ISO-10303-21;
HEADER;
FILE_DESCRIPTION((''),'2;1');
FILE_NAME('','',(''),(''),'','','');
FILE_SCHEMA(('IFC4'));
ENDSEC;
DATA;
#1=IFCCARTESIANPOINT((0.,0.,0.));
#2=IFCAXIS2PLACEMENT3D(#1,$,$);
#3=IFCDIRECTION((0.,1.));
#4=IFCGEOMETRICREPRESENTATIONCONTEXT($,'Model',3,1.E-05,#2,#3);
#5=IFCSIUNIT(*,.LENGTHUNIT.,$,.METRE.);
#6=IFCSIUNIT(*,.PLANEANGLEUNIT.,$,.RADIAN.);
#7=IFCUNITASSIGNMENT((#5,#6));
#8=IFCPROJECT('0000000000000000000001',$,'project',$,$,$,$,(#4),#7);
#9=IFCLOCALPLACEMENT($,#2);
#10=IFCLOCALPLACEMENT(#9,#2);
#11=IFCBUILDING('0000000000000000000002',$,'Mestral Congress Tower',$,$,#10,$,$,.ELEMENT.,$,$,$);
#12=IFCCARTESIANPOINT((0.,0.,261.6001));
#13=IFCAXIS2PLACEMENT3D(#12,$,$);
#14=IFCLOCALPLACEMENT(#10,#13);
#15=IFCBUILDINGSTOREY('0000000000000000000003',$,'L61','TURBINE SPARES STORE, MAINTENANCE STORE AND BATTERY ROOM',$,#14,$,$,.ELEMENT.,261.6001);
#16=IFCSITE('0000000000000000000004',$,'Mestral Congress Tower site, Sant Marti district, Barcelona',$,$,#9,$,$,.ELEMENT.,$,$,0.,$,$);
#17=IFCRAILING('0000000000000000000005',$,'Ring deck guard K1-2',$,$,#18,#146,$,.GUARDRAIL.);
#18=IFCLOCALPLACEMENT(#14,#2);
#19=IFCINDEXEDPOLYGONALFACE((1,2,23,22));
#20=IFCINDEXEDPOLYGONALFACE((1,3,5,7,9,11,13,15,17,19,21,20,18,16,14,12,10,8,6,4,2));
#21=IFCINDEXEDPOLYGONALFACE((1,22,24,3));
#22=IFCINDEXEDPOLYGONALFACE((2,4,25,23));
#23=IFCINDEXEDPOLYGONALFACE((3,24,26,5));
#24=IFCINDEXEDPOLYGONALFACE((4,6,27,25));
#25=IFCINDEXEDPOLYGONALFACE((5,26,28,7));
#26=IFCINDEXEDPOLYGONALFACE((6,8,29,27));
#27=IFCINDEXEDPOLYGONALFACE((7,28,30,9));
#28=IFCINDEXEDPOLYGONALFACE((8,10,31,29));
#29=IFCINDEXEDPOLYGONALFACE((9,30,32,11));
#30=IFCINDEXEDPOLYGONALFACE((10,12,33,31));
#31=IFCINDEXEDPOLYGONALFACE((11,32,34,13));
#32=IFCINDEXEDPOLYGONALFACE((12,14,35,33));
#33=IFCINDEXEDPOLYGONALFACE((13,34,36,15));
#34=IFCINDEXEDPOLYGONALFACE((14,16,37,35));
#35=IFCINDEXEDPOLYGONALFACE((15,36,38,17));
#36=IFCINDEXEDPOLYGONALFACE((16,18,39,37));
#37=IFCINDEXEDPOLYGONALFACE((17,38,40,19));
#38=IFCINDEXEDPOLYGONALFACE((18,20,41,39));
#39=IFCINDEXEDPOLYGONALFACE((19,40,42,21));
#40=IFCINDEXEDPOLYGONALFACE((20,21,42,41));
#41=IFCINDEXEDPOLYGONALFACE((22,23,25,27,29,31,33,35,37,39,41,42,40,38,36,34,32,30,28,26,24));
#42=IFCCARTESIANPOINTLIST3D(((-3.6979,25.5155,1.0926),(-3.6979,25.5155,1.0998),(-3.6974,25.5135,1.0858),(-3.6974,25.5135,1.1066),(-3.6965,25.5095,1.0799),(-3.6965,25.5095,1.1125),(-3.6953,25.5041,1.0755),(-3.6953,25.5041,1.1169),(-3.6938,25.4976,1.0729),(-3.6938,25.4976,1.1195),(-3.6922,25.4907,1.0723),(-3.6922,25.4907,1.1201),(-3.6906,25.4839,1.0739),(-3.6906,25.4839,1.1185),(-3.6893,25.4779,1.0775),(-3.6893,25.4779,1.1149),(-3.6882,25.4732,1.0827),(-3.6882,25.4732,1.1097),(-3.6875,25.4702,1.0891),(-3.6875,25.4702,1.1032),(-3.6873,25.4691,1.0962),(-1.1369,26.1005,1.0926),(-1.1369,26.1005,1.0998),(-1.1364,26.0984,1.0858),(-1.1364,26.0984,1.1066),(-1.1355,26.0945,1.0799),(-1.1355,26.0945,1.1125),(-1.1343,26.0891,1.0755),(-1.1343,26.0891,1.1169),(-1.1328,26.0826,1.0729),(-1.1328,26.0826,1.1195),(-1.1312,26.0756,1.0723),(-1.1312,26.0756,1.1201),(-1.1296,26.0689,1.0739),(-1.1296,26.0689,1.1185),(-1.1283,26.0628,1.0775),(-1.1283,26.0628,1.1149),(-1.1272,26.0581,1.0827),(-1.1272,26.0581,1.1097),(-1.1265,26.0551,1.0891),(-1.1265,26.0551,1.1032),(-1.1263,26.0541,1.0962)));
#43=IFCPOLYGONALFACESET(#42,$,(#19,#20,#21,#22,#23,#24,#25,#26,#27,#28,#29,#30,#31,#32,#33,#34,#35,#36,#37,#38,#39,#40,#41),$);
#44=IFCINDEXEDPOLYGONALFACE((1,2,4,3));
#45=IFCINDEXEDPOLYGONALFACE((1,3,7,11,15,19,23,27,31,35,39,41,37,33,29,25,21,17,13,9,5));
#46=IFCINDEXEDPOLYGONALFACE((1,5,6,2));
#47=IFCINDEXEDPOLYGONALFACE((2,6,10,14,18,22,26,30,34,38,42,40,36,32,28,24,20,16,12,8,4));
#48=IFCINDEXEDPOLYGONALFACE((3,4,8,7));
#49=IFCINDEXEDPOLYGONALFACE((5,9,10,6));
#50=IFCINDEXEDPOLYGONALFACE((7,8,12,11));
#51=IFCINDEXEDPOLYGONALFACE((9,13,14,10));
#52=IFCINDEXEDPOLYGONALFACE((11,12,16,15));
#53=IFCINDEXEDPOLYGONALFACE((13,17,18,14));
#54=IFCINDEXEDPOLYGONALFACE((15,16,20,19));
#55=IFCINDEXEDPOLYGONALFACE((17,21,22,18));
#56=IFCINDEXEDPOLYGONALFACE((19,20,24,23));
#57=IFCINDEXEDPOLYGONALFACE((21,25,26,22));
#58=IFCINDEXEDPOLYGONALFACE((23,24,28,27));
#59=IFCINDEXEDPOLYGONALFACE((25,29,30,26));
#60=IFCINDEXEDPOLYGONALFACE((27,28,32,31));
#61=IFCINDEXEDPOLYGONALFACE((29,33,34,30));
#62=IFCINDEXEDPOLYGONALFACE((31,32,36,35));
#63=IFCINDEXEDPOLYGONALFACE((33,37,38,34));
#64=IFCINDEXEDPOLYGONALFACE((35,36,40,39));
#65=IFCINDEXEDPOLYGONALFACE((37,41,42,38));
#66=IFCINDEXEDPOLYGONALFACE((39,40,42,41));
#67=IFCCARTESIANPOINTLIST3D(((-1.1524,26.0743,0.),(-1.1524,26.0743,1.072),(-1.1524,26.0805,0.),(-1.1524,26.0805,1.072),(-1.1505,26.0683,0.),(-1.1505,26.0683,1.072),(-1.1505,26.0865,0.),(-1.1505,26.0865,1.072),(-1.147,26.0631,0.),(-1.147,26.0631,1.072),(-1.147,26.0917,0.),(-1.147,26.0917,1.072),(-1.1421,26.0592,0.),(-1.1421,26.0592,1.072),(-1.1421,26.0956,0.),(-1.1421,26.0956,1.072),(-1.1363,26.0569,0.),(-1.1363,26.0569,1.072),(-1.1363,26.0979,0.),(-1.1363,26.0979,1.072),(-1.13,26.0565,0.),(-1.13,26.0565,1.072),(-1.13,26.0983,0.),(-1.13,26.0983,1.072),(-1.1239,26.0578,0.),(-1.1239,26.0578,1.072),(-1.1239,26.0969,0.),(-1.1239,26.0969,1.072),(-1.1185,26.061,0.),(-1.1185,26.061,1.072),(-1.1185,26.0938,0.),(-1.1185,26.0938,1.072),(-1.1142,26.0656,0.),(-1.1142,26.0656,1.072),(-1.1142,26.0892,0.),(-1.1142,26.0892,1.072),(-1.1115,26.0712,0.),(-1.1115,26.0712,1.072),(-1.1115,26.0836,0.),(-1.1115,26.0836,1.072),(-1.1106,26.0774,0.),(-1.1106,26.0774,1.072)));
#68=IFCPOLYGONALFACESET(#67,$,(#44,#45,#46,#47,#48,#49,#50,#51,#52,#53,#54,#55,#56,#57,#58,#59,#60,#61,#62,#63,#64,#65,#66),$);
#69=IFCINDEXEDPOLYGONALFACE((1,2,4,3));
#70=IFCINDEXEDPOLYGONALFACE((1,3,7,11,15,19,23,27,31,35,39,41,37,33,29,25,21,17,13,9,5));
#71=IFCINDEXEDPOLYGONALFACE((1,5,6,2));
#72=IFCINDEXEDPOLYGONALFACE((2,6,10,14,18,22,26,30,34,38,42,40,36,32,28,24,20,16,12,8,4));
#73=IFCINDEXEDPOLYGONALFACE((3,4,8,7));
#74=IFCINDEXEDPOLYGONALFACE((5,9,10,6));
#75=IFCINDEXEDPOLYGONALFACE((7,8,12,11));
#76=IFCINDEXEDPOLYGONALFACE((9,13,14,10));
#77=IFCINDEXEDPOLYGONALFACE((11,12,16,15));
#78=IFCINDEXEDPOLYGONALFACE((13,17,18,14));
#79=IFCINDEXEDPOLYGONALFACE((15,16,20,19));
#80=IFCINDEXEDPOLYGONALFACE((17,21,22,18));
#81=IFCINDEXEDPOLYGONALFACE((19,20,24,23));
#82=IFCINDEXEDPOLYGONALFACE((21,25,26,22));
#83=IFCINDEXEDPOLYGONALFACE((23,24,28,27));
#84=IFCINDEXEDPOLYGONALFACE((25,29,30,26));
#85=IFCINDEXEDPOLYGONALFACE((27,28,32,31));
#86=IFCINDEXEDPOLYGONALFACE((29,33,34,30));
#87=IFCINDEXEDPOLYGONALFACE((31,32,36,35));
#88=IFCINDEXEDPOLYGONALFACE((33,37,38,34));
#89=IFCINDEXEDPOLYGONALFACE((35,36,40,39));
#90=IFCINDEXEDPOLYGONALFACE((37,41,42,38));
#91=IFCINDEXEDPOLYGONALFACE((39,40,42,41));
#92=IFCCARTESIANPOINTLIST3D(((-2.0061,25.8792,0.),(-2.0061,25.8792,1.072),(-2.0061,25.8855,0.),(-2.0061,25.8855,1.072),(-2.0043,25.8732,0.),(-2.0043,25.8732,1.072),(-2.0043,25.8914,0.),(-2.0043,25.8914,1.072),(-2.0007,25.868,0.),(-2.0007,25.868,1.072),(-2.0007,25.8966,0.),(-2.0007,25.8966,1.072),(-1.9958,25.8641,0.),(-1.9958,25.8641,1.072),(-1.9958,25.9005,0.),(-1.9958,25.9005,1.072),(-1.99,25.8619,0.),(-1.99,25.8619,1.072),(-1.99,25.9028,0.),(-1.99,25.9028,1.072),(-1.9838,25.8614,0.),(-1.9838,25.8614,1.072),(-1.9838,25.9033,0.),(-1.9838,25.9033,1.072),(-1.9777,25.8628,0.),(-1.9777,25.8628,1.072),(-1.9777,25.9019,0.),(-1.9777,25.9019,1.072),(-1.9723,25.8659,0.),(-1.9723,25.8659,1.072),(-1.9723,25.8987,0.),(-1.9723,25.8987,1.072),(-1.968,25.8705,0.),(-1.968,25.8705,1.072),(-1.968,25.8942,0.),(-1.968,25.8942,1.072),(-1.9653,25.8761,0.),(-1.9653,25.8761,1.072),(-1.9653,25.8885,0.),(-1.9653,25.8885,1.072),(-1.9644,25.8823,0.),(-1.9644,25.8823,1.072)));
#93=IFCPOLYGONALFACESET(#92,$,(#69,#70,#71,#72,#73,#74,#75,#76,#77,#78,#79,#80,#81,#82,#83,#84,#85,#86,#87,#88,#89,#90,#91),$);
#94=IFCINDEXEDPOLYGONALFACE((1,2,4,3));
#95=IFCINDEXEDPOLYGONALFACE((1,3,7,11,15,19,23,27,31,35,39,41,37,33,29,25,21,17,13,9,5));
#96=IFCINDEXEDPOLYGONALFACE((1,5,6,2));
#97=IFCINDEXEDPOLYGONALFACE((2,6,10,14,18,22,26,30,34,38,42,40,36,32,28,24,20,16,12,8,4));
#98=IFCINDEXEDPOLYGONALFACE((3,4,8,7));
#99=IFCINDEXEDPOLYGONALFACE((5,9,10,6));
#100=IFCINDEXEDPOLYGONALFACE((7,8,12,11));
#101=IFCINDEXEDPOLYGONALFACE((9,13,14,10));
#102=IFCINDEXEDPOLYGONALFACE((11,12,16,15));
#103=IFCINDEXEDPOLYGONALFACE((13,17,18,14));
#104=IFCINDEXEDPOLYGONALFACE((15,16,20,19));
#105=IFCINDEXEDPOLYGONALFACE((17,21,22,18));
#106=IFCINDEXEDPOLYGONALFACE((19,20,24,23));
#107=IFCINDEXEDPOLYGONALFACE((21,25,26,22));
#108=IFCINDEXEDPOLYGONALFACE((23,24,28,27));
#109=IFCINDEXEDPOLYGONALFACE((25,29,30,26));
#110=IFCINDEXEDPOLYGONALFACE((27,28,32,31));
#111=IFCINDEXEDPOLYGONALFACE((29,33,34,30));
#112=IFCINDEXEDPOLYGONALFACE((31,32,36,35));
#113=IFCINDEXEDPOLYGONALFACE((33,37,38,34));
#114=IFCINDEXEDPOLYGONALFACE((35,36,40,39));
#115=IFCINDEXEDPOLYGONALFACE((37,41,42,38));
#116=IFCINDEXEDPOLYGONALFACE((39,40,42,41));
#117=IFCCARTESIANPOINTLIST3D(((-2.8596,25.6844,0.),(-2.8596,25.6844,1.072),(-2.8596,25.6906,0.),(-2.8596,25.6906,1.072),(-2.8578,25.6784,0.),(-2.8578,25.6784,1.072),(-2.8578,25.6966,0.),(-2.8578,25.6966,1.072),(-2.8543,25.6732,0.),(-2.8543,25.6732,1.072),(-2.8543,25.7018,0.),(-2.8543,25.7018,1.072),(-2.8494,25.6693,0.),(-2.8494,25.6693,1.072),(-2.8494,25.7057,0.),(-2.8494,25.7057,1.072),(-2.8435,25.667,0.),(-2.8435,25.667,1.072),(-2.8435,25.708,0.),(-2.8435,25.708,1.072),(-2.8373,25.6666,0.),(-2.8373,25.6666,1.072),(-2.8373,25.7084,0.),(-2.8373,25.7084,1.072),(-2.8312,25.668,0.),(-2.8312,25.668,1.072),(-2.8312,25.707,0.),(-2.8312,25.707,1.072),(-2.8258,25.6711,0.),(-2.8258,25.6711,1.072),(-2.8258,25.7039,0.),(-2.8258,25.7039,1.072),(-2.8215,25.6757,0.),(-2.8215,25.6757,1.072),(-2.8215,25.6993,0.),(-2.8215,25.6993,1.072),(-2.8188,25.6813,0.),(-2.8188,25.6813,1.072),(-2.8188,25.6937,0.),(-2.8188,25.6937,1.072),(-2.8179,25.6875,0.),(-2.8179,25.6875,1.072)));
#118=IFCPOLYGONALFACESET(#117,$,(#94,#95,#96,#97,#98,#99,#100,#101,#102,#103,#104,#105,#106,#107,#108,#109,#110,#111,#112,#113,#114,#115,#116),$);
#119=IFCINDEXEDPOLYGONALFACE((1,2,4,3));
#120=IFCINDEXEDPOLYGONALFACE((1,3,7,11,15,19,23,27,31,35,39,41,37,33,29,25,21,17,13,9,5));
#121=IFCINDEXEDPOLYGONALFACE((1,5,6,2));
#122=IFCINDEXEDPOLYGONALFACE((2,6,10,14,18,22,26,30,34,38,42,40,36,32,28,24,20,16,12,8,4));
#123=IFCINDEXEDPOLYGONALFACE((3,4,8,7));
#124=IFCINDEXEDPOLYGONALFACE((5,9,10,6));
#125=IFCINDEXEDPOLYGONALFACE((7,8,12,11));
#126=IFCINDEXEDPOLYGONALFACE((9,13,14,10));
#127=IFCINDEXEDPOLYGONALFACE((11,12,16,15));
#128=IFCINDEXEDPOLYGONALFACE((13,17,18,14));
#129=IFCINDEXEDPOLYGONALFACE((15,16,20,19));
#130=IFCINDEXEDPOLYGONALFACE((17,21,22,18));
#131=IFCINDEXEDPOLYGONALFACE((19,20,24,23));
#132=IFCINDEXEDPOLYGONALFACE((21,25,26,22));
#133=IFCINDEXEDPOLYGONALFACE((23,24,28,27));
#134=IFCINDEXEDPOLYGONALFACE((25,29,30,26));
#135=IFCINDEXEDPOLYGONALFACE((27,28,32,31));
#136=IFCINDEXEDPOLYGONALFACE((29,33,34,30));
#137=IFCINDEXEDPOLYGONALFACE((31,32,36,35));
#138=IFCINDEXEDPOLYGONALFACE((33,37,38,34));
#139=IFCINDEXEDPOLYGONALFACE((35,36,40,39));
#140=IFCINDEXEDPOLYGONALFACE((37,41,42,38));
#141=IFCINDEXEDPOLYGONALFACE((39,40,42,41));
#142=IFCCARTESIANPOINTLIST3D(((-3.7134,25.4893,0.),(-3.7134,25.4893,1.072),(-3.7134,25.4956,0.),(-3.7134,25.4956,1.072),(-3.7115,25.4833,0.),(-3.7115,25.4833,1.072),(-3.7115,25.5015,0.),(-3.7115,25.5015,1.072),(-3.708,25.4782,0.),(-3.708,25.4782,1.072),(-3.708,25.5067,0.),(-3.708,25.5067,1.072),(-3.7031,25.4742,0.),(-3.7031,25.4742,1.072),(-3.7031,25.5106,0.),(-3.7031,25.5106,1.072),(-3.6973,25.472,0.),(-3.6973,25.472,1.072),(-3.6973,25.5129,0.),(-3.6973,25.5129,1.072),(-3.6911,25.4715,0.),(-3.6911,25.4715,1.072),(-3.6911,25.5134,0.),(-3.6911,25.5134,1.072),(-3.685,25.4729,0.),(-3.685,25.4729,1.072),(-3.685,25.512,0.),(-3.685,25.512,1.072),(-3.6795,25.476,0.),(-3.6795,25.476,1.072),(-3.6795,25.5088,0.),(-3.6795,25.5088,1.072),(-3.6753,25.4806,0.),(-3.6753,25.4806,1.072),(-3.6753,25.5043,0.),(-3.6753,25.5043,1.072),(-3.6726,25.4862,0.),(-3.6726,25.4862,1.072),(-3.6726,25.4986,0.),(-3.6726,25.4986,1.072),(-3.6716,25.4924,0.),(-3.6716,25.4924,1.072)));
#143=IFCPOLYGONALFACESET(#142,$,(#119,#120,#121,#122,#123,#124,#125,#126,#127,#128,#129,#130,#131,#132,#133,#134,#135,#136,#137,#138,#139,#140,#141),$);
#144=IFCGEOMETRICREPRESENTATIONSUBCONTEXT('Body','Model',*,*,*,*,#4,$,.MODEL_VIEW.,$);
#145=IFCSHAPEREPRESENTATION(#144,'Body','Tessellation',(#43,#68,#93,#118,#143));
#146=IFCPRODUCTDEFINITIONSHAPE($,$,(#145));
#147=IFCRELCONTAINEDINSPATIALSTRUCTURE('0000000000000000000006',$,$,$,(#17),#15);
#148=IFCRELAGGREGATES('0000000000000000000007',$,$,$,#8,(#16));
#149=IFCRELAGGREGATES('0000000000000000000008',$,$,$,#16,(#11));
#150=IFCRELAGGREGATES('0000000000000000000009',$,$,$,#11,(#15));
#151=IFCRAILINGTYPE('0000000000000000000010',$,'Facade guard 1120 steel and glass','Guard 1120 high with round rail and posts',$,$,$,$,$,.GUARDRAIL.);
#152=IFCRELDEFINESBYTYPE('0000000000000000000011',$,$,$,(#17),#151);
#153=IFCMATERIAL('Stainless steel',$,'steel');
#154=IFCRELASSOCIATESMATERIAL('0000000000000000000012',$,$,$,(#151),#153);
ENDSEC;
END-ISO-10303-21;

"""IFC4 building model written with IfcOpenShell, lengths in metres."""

from ifc_helpers import new_model, si_unit, direction, frame, origin, origin_2d, place, context, subcontext, project, spatial, circle, extrude, material, type_object, element, save


model = new_model("IFC4")

# Units and contexts
model_context = context("Model", 3, precision=1e-05, world=origin(), true_north=direction((0.0, 1.0)))
body_context = subcontext(model_context, "Body", "Model", "MODEL_VIEW")
ifc_project = project(units=[si_unit("LENGTHUNIT", "METRE"), si_unit("PLANEANGLEUNIT", "RADIAN")], contexts=[model_context])

# Site, building, storey
site_placement = place(None, origin())
site = spatial("IfcSite", under=ifc_project, at=site_placement, Name="Mestral Congress Tower site, Sant Marti district, Barcelona", CompositionType="ELEMENT", RefElevation=0.0)
building_placement = place(site_placement, origin())
building = spatial("IfcBuilding", under=site, at=building_placement, Name="Mestral Congress Tower", CompositionType="ELEMENT")
storey_placement = place(building_placement, frame((0.0, 0.0, 261.6001)))
storey = spatial("IfcBuildingStorey", under=building, at=storey_placement, Name="L61", Description="TURBINE SPARES STORE, MAINTENANCE STORE AND BATTERY ROOM", CompositionType="ELEMENT", Elevation=261.6001)

# Railing
ifc_material_1 = material(Name="Stainless steel", Category="steel")
railing_type = type_object("IfcRailingType", Name="Facade guard 1120 steel and glass", Description="Guard 1120 high with round rail and posts", PredefinedType="GUARDRAIL", material=ifc_material_1)
railing_1_placement = place(storey_placement, frame((-1.1316, 26.0774, 0.0)))
element("IfcRailing", 1, at=railing_1_placement, inside=storey, type_object=railing_type, Name="Ring deck guard K1-2", PredefinedType="GUARDRAIL", context=body_context, shape_type="SweptSolid", body=[
    extrude(circle(Radius=0.0239, at=origin_2d()), frame((0.0, 0.0, 1.0962), z_axis=(-0.974893, -0.222673, 0.0), x_axis=(0.222673, -0.974893, 0.0)), (0.0, 0.0, 1.0), 2.627),
    extrude(circle(Radius=0.021, at=origin_2d()), origin(), (0.0, 0.0, 1.0), 1.072),
    extrude(circle(Radius=0.021, at=origin_2d()), frame((-0.8538, -0.1951, 0.0)), (0.0, 0.0, 1.0), 1.072),
    extrude(circle(Radius=0.021, at=origin_2d()), frame((-1.7073, -0.3899, 0.0)), (0.0, 0.0, 1.0), 1.072),
    extrude(circle(Radius=0.021, at=origin_2d()), frame((-2.561, -0.585, 0.0)), (0.0, 0.0, 1.0), 1.072),
])

save(model, "model.ifc")
